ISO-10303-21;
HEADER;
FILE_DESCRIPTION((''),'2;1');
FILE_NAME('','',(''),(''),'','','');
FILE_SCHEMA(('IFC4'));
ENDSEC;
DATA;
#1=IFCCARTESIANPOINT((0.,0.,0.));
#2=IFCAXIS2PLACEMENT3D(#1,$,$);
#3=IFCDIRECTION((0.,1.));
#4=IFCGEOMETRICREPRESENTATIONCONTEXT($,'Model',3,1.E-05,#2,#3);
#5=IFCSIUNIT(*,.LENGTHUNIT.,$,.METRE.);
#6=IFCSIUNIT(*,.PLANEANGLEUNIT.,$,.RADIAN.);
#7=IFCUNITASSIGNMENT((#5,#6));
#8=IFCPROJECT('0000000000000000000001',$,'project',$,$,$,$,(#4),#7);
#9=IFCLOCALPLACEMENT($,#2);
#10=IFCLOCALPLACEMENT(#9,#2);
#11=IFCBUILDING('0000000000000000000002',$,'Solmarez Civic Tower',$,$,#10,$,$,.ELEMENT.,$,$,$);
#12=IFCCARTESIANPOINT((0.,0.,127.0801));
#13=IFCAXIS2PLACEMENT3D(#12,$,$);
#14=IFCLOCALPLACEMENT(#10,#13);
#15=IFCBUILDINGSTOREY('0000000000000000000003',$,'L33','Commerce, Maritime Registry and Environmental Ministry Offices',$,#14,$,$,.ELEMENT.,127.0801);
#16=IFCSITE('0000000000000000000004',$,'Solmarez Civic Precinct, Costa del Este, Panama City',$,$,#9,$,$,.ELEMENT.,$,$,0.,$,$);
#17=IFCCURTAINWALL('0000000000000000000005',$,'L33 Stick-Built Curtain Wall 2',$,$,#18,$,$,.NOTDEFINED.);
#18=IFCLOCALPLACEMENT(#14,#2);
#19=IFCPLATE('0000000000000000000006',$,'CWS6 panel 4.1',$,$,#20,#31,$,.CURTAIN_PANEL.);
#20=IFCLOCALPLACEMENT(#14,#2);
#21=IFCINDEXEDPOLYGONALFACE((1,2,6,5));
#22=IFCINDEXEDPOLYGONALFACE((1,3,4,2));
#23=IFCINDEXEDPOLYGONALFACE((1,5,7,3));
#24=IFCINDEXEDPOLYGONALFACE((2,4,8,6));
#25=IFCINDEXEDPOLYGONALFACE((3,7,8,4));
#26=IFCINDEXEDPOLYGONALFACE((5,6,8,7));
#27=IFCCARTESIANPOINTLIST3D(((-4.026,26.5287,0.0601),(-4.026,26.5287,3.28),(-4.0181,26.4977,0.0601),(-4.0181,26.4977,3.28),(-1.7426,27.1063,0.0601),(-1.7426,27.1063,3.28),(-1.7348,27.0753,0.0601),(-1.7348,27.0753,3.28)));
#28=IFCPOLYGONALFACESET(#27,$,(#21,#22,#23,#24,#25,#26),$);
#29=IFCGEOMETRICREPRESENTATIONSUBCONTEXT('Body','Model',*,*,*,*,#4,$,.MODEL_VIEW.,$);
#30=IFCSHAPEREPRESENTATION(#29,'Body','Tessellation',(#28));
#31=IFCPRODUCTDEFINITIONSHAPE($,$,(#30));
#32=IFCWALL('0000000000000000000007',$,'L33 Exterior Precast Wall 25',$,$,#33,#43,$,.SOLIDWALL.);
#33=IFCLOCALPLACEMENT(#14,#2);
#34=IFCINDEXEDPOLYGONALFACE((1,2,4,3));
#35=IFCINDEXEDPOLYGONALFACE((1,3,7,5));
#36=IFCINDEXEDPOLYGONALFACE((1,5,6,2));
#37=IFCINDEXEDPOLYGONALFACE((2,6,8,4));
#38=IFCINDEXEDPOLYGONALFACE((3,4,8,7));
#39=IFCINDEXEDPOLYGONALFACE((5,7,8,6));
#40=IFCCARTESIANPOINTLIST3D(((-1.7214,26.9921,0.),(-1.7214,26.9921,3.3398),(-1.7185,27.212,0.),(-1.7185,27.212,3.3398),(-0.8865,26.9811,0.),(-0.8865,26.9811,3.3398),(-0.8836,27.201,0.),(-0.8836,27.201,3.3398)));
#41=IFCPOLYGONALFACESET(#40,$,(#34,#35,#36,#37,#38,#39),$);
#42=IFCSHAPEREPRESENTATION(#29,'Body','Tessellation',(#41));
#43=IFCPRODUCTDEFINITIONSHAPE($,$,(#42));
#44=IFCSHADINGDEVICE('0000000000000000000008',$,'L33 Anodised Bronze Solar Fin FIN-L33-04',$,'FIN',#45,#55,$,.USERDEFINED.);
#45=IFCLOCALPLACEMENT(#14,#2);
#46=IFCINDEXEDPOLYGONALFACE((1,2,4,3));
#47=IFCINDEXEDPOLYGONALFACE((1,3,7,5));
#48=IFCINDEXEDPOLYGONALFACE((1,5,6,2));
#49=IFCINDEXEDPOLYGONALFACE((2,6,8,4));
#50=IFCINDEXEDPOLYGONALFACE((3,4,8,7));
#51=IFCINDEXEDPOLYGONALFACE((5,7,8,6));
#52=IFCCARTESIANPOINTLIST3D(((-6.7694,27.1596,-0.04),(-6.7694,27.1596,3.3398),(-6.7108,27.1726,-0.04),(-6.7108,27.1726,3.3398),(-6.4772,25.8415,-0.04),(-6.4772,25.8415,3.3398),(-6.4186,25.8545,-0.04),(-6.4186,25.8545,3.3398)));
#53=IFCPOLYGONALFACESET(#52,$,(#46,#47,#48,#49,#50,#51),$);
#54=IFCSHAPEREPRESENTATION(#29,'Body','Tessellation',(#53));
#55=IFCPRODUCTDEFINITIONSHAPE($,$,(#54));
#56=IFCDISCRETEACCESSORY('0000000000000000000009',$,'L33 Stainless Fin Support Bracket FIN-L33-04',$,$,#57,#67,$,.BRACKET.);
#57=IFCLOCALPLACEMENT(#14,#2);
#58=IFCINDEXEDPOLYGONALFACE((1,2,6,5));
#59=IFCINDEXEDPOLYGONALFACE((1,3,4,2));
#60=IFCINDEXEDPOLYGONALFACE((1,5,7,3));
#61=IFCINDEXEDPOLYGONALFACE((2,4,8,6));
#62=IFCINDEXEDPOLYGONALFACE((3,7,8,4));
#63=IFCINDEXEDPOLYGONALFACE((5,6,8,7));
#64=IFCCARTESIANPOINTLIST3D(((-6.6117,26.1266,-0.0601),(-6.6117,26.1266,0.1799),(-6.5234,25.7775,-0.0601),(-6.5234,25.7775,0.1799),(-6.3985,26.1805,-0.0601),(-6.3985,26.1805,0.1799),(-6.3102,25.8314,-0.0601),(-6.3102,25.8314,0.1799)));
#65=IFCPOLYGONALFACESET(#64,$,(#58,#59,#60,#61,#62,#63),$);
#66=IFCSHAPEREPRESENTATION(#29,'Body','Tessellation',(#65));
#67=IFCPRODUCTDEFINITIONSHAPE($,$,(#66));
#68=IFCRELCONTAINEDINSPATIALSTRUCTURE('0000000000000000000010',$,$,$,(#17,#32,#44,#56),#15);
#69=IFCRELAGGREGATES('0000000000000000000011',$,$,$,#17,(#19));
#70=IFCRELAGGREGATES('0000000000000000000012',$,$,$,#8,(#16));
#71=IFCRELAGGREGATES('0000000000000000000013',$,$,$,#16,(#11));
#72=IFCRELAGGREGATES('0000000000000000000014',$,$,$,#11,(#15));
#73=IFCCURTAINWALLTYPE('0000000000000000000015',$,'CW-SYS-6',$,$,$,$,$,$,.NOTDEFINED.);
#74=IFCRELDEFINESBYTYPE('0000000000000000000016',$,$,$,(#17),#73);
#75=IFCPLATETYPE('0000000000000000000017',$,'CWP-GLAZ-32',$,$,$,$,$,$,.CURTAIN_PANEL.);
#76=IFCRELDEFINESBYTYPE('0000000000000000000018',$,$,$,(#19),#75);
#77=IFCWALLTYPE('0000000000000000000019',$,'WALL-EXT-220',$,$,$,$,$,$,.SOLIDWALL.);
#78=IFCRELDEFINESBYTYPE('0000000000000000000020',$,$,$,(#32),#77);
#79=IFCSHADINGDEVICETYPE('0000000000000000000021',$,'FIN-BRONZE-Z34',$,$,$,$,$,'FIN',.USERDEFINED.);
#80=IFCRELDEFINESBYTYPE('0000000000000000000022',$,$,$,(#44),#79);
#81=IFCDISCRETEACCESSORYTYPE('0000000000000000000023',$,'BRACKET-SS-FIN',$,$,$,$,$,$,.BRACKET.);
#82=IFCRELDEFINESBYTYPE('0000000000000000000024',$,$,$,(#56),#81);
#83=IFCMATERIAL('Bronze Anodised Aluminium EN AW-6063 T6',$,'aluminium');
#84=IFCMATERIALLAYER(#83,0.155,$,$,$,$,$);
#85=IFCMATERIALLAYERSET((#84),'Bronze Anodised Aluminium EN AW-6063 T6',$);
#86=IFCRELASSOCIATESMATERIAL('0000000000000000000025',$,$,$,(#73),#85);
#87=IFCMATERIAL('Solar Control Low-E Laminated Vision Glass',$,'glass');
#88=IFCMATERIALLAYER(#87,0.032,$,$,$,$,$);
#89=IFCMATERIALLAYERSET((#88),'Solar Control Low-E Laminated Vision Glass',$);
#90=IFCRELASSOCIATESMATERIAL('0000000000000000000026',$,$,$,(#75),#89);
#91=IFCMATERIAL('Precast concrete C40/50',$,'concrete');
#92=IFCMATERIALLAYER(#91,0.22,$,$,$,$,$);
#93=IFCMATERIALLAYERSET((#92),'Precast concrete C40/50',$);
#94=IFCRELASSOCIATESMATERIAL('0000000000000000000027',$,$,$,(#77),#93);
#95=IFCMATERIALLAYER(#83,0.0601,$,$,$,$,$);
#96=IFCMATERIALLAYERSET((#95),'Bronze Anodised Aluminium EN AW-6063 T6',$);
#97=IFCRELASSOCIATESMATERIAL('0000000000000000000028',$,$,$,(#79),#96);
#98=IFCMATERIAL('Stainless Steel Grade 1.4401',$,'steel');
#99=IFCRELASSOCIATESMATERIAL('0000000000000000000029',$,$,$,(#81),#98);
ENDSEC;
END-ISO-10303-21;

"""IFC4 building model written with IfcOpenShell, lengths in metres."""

from ifc_helpers import new_model, si_unit, direction, frame, frame_2d, origin, origin_2d, place, context, subcontext, project, spatial, rectangle, extrude, material, layer, layer_set, type_object, element, aggregate, save


model = new_model("IFC4")

# Units and contexts
model_context = context("Model", 3, precision=1e-05, world=origin(), true_north=direction((0.0, 1.0)))
body_context = subcontext(model_context, "Body", "Model", "MODEL_VIEW")
ifc_project = project(units=[si_unit("LENGTHUNIT", "METRE"), si_unit("PLANEANGLEUNIT", "RADIAN")], contexts=[model_context])

# Site, building, storey
site_placement = place(None, origin())
site = spatial("IfcSite", under=ifc_project, at=site_placement, Name="Solmarez Civic Precinct, Costa del Este, Panama City", CompositionType="ELEMENT", RefElevation=0.0)
building_placement = place(site_placement, origin())
building = spatial("IfcBuilding", under=site, at=building_placement, Name="Solmarez Civic Tower", CompositionType="ELEMENT")
storey_placement = place(building_placement, frame((0.0, 0.0, 127.0801)))
storey = spatial("IfcBuildingStorey", under=building, at=storey_placement, Name="L33", Description="Commerce, Maritime Registry and Environmental Ministry Offices", CompositionType="ELEMENT", Elevation=127.0801)

# Curtain wall, plate
ifc_material_1 = material(Name="Bronze Anodised Aluminium EN AW-6063 T6", Category="aluminium")
ifc_layer_1 = layer(ifc_material_1, 0.155)
ifc_layer_set_1 = layer_set([ifc_layer_1], Name="Bronze Anodised Aluminium EN AW-6063 T6")
curtain_wall_type = type_object("IfcCurtainWallType", Name="CW-SYS-6", PredefinedType="NOTDEFINED", material=ifc_layer_set_1)
curtain_wall_placement = place(storey_placement, origin())
curtain_wall = element("IfcCurtainWall", 1, at=curtain_wall_placement, inside=storey, type_object=curtain_wall_type, Name="L33 Stick-Built Curtain Wall 2", PredefinedType="NOTDEFINED")
ifc_material_2 = material(Name="Solar Control Low-E Laminated Vision Glass", Category="glass")
ifc_layer_2 = layer(ifc_material_2, 0.032)
ifc_layer_set_2 = layer_set([ifc_layer_2], Name="Solar Control Low-E Laminated Vision Glass")
plate_type = type_object("IfcPlateType", Name="CWP-GLAZ-32", PredefinedType="CURTAIN_PANEL", material=ifc_layer_set_2)
plate_1_placement = place(storey_placement, frame((-2.8804, 26.802, 0.0601), z_axis=(0.0, 0.0, 1.0), x_axis=(0.969469, 0.245213, 0.0)))
plate_1 = element("IfcPlate", 2, at=plate_1_placement, type_object=plate_type, Name="CWS6 panel 4.1", PredefinedType="CURTAIN_PANEL", context=body_context, shape_type="SweptSolid", body=[
    extrude(rectangle(XDim=2.3552, YDim=0.032, at=origin_2d()), origin(), (0.0, 0.0, 1.0), 3.22),
])
aggregate(curtain_wall, [plate_1])

# Wall
ifc_material_3 = material(Name="Precast concrete C40/50", Category="concrete")
ifc_layer_3 = layer(ifc_material_3, 0.22)
ifc_layer_set_3 = layer_set([ifc_layer_3], Name="Precast concrete C40/50")
wall_type = type_object("IfcWallType", Name="WALL-EXT-220", PredefinedType="SOLIDWALL", material=ifc_layer_set_3)
wall_placement = place(storey_placement, frame((-1.72, 27.1021, 0.0), z_axis=(0.0, 0.0, 1.0), x_axis=(0.999913, -0.013157, 0.0)))
element("IfcWall", 3, at=wall_placement, inside=storey, type_object=wall_type, Name="L33 Exterior Precast Wall 25", PredefinedType="SOLIDWALL", context=body_context, shape_type="SweptSolid", body=[
    extrude(rectangle(XDim=0.835, YDim=0.22, at=frame_2d((0.4175, 0.0))), origin(), (0.0, 0.0, 1.0), 3.3398),
])

# Shading device
ifc_layer_4 = layer(ifc_material_1, 0.0601)
ifc_layer_set_4 = layer_set([ifc_layer_4], Name="Bronze Anodised Aluminium EN AW-6063 T6")
shading_device_type = type_object("IfcShadingDeviceType", Name="FIN-BRONZE-Z34", ElementType="FIN", PredefinedType="USERDEFINED", material=ifc_layer_set_4)
shading_device_placement = place(storey_placement, frame((-6.594, 26.5071, -0.04), z_axis=(0.0, 0.0, 1.0), x_axis=(-0.216406, 0.976304, 0.0)))
element("IfcShadingDevice", 4, at=shading_device_placement, inside=storey, type_object=shading_device_type, Name="L33 Anodised Bronze Solar Fin FIN-L33-04", ObjectType="FIN", PredefinedType="USERDEFINED", context=body_context, shape_type="SweptSolid", body=[
    extrude(rectangle(XDim=1.3501, YDim=0.0601, at=origin_2d()), origin(), (0.0, 0.0, 1.0), 3.3799),
])

# Discrete accessory
ifc_material_4 = material(Name="Stainless Steel Grade 1.4401", Category="steel")
discrete_accessory_type = type_object("IfcDiscreteAccessoryType", Name="BRACKET-SS-FIN", PredefinedType="BRACKET", material=ifc_material_4)
discrete_accessory_placement = place(storey_placement, frame((-6.4609, 25.979, -0.0601), z_axis=(0.0, 0.0, 1.0), x_axis=(-0.245226, 0.969466, 0.0)))
element("IfcDiscreteAccessory", 5, at=discrete_accessory_placement, inside=storey, type_object=discrete_accessory_type, Name="L33 Stainless Fin Support Bracket FIN-L33-04", PredefinedType="BRACKET", context=body_context, shape_type="SweptSolid", body=[
    extrude(rectangle(XDim=0.3601, YDim=0.22, at=origin_2d()), origin(), (0.0, 0.0, 1.0), 0.24),
])

save(model, "model.ifc")
